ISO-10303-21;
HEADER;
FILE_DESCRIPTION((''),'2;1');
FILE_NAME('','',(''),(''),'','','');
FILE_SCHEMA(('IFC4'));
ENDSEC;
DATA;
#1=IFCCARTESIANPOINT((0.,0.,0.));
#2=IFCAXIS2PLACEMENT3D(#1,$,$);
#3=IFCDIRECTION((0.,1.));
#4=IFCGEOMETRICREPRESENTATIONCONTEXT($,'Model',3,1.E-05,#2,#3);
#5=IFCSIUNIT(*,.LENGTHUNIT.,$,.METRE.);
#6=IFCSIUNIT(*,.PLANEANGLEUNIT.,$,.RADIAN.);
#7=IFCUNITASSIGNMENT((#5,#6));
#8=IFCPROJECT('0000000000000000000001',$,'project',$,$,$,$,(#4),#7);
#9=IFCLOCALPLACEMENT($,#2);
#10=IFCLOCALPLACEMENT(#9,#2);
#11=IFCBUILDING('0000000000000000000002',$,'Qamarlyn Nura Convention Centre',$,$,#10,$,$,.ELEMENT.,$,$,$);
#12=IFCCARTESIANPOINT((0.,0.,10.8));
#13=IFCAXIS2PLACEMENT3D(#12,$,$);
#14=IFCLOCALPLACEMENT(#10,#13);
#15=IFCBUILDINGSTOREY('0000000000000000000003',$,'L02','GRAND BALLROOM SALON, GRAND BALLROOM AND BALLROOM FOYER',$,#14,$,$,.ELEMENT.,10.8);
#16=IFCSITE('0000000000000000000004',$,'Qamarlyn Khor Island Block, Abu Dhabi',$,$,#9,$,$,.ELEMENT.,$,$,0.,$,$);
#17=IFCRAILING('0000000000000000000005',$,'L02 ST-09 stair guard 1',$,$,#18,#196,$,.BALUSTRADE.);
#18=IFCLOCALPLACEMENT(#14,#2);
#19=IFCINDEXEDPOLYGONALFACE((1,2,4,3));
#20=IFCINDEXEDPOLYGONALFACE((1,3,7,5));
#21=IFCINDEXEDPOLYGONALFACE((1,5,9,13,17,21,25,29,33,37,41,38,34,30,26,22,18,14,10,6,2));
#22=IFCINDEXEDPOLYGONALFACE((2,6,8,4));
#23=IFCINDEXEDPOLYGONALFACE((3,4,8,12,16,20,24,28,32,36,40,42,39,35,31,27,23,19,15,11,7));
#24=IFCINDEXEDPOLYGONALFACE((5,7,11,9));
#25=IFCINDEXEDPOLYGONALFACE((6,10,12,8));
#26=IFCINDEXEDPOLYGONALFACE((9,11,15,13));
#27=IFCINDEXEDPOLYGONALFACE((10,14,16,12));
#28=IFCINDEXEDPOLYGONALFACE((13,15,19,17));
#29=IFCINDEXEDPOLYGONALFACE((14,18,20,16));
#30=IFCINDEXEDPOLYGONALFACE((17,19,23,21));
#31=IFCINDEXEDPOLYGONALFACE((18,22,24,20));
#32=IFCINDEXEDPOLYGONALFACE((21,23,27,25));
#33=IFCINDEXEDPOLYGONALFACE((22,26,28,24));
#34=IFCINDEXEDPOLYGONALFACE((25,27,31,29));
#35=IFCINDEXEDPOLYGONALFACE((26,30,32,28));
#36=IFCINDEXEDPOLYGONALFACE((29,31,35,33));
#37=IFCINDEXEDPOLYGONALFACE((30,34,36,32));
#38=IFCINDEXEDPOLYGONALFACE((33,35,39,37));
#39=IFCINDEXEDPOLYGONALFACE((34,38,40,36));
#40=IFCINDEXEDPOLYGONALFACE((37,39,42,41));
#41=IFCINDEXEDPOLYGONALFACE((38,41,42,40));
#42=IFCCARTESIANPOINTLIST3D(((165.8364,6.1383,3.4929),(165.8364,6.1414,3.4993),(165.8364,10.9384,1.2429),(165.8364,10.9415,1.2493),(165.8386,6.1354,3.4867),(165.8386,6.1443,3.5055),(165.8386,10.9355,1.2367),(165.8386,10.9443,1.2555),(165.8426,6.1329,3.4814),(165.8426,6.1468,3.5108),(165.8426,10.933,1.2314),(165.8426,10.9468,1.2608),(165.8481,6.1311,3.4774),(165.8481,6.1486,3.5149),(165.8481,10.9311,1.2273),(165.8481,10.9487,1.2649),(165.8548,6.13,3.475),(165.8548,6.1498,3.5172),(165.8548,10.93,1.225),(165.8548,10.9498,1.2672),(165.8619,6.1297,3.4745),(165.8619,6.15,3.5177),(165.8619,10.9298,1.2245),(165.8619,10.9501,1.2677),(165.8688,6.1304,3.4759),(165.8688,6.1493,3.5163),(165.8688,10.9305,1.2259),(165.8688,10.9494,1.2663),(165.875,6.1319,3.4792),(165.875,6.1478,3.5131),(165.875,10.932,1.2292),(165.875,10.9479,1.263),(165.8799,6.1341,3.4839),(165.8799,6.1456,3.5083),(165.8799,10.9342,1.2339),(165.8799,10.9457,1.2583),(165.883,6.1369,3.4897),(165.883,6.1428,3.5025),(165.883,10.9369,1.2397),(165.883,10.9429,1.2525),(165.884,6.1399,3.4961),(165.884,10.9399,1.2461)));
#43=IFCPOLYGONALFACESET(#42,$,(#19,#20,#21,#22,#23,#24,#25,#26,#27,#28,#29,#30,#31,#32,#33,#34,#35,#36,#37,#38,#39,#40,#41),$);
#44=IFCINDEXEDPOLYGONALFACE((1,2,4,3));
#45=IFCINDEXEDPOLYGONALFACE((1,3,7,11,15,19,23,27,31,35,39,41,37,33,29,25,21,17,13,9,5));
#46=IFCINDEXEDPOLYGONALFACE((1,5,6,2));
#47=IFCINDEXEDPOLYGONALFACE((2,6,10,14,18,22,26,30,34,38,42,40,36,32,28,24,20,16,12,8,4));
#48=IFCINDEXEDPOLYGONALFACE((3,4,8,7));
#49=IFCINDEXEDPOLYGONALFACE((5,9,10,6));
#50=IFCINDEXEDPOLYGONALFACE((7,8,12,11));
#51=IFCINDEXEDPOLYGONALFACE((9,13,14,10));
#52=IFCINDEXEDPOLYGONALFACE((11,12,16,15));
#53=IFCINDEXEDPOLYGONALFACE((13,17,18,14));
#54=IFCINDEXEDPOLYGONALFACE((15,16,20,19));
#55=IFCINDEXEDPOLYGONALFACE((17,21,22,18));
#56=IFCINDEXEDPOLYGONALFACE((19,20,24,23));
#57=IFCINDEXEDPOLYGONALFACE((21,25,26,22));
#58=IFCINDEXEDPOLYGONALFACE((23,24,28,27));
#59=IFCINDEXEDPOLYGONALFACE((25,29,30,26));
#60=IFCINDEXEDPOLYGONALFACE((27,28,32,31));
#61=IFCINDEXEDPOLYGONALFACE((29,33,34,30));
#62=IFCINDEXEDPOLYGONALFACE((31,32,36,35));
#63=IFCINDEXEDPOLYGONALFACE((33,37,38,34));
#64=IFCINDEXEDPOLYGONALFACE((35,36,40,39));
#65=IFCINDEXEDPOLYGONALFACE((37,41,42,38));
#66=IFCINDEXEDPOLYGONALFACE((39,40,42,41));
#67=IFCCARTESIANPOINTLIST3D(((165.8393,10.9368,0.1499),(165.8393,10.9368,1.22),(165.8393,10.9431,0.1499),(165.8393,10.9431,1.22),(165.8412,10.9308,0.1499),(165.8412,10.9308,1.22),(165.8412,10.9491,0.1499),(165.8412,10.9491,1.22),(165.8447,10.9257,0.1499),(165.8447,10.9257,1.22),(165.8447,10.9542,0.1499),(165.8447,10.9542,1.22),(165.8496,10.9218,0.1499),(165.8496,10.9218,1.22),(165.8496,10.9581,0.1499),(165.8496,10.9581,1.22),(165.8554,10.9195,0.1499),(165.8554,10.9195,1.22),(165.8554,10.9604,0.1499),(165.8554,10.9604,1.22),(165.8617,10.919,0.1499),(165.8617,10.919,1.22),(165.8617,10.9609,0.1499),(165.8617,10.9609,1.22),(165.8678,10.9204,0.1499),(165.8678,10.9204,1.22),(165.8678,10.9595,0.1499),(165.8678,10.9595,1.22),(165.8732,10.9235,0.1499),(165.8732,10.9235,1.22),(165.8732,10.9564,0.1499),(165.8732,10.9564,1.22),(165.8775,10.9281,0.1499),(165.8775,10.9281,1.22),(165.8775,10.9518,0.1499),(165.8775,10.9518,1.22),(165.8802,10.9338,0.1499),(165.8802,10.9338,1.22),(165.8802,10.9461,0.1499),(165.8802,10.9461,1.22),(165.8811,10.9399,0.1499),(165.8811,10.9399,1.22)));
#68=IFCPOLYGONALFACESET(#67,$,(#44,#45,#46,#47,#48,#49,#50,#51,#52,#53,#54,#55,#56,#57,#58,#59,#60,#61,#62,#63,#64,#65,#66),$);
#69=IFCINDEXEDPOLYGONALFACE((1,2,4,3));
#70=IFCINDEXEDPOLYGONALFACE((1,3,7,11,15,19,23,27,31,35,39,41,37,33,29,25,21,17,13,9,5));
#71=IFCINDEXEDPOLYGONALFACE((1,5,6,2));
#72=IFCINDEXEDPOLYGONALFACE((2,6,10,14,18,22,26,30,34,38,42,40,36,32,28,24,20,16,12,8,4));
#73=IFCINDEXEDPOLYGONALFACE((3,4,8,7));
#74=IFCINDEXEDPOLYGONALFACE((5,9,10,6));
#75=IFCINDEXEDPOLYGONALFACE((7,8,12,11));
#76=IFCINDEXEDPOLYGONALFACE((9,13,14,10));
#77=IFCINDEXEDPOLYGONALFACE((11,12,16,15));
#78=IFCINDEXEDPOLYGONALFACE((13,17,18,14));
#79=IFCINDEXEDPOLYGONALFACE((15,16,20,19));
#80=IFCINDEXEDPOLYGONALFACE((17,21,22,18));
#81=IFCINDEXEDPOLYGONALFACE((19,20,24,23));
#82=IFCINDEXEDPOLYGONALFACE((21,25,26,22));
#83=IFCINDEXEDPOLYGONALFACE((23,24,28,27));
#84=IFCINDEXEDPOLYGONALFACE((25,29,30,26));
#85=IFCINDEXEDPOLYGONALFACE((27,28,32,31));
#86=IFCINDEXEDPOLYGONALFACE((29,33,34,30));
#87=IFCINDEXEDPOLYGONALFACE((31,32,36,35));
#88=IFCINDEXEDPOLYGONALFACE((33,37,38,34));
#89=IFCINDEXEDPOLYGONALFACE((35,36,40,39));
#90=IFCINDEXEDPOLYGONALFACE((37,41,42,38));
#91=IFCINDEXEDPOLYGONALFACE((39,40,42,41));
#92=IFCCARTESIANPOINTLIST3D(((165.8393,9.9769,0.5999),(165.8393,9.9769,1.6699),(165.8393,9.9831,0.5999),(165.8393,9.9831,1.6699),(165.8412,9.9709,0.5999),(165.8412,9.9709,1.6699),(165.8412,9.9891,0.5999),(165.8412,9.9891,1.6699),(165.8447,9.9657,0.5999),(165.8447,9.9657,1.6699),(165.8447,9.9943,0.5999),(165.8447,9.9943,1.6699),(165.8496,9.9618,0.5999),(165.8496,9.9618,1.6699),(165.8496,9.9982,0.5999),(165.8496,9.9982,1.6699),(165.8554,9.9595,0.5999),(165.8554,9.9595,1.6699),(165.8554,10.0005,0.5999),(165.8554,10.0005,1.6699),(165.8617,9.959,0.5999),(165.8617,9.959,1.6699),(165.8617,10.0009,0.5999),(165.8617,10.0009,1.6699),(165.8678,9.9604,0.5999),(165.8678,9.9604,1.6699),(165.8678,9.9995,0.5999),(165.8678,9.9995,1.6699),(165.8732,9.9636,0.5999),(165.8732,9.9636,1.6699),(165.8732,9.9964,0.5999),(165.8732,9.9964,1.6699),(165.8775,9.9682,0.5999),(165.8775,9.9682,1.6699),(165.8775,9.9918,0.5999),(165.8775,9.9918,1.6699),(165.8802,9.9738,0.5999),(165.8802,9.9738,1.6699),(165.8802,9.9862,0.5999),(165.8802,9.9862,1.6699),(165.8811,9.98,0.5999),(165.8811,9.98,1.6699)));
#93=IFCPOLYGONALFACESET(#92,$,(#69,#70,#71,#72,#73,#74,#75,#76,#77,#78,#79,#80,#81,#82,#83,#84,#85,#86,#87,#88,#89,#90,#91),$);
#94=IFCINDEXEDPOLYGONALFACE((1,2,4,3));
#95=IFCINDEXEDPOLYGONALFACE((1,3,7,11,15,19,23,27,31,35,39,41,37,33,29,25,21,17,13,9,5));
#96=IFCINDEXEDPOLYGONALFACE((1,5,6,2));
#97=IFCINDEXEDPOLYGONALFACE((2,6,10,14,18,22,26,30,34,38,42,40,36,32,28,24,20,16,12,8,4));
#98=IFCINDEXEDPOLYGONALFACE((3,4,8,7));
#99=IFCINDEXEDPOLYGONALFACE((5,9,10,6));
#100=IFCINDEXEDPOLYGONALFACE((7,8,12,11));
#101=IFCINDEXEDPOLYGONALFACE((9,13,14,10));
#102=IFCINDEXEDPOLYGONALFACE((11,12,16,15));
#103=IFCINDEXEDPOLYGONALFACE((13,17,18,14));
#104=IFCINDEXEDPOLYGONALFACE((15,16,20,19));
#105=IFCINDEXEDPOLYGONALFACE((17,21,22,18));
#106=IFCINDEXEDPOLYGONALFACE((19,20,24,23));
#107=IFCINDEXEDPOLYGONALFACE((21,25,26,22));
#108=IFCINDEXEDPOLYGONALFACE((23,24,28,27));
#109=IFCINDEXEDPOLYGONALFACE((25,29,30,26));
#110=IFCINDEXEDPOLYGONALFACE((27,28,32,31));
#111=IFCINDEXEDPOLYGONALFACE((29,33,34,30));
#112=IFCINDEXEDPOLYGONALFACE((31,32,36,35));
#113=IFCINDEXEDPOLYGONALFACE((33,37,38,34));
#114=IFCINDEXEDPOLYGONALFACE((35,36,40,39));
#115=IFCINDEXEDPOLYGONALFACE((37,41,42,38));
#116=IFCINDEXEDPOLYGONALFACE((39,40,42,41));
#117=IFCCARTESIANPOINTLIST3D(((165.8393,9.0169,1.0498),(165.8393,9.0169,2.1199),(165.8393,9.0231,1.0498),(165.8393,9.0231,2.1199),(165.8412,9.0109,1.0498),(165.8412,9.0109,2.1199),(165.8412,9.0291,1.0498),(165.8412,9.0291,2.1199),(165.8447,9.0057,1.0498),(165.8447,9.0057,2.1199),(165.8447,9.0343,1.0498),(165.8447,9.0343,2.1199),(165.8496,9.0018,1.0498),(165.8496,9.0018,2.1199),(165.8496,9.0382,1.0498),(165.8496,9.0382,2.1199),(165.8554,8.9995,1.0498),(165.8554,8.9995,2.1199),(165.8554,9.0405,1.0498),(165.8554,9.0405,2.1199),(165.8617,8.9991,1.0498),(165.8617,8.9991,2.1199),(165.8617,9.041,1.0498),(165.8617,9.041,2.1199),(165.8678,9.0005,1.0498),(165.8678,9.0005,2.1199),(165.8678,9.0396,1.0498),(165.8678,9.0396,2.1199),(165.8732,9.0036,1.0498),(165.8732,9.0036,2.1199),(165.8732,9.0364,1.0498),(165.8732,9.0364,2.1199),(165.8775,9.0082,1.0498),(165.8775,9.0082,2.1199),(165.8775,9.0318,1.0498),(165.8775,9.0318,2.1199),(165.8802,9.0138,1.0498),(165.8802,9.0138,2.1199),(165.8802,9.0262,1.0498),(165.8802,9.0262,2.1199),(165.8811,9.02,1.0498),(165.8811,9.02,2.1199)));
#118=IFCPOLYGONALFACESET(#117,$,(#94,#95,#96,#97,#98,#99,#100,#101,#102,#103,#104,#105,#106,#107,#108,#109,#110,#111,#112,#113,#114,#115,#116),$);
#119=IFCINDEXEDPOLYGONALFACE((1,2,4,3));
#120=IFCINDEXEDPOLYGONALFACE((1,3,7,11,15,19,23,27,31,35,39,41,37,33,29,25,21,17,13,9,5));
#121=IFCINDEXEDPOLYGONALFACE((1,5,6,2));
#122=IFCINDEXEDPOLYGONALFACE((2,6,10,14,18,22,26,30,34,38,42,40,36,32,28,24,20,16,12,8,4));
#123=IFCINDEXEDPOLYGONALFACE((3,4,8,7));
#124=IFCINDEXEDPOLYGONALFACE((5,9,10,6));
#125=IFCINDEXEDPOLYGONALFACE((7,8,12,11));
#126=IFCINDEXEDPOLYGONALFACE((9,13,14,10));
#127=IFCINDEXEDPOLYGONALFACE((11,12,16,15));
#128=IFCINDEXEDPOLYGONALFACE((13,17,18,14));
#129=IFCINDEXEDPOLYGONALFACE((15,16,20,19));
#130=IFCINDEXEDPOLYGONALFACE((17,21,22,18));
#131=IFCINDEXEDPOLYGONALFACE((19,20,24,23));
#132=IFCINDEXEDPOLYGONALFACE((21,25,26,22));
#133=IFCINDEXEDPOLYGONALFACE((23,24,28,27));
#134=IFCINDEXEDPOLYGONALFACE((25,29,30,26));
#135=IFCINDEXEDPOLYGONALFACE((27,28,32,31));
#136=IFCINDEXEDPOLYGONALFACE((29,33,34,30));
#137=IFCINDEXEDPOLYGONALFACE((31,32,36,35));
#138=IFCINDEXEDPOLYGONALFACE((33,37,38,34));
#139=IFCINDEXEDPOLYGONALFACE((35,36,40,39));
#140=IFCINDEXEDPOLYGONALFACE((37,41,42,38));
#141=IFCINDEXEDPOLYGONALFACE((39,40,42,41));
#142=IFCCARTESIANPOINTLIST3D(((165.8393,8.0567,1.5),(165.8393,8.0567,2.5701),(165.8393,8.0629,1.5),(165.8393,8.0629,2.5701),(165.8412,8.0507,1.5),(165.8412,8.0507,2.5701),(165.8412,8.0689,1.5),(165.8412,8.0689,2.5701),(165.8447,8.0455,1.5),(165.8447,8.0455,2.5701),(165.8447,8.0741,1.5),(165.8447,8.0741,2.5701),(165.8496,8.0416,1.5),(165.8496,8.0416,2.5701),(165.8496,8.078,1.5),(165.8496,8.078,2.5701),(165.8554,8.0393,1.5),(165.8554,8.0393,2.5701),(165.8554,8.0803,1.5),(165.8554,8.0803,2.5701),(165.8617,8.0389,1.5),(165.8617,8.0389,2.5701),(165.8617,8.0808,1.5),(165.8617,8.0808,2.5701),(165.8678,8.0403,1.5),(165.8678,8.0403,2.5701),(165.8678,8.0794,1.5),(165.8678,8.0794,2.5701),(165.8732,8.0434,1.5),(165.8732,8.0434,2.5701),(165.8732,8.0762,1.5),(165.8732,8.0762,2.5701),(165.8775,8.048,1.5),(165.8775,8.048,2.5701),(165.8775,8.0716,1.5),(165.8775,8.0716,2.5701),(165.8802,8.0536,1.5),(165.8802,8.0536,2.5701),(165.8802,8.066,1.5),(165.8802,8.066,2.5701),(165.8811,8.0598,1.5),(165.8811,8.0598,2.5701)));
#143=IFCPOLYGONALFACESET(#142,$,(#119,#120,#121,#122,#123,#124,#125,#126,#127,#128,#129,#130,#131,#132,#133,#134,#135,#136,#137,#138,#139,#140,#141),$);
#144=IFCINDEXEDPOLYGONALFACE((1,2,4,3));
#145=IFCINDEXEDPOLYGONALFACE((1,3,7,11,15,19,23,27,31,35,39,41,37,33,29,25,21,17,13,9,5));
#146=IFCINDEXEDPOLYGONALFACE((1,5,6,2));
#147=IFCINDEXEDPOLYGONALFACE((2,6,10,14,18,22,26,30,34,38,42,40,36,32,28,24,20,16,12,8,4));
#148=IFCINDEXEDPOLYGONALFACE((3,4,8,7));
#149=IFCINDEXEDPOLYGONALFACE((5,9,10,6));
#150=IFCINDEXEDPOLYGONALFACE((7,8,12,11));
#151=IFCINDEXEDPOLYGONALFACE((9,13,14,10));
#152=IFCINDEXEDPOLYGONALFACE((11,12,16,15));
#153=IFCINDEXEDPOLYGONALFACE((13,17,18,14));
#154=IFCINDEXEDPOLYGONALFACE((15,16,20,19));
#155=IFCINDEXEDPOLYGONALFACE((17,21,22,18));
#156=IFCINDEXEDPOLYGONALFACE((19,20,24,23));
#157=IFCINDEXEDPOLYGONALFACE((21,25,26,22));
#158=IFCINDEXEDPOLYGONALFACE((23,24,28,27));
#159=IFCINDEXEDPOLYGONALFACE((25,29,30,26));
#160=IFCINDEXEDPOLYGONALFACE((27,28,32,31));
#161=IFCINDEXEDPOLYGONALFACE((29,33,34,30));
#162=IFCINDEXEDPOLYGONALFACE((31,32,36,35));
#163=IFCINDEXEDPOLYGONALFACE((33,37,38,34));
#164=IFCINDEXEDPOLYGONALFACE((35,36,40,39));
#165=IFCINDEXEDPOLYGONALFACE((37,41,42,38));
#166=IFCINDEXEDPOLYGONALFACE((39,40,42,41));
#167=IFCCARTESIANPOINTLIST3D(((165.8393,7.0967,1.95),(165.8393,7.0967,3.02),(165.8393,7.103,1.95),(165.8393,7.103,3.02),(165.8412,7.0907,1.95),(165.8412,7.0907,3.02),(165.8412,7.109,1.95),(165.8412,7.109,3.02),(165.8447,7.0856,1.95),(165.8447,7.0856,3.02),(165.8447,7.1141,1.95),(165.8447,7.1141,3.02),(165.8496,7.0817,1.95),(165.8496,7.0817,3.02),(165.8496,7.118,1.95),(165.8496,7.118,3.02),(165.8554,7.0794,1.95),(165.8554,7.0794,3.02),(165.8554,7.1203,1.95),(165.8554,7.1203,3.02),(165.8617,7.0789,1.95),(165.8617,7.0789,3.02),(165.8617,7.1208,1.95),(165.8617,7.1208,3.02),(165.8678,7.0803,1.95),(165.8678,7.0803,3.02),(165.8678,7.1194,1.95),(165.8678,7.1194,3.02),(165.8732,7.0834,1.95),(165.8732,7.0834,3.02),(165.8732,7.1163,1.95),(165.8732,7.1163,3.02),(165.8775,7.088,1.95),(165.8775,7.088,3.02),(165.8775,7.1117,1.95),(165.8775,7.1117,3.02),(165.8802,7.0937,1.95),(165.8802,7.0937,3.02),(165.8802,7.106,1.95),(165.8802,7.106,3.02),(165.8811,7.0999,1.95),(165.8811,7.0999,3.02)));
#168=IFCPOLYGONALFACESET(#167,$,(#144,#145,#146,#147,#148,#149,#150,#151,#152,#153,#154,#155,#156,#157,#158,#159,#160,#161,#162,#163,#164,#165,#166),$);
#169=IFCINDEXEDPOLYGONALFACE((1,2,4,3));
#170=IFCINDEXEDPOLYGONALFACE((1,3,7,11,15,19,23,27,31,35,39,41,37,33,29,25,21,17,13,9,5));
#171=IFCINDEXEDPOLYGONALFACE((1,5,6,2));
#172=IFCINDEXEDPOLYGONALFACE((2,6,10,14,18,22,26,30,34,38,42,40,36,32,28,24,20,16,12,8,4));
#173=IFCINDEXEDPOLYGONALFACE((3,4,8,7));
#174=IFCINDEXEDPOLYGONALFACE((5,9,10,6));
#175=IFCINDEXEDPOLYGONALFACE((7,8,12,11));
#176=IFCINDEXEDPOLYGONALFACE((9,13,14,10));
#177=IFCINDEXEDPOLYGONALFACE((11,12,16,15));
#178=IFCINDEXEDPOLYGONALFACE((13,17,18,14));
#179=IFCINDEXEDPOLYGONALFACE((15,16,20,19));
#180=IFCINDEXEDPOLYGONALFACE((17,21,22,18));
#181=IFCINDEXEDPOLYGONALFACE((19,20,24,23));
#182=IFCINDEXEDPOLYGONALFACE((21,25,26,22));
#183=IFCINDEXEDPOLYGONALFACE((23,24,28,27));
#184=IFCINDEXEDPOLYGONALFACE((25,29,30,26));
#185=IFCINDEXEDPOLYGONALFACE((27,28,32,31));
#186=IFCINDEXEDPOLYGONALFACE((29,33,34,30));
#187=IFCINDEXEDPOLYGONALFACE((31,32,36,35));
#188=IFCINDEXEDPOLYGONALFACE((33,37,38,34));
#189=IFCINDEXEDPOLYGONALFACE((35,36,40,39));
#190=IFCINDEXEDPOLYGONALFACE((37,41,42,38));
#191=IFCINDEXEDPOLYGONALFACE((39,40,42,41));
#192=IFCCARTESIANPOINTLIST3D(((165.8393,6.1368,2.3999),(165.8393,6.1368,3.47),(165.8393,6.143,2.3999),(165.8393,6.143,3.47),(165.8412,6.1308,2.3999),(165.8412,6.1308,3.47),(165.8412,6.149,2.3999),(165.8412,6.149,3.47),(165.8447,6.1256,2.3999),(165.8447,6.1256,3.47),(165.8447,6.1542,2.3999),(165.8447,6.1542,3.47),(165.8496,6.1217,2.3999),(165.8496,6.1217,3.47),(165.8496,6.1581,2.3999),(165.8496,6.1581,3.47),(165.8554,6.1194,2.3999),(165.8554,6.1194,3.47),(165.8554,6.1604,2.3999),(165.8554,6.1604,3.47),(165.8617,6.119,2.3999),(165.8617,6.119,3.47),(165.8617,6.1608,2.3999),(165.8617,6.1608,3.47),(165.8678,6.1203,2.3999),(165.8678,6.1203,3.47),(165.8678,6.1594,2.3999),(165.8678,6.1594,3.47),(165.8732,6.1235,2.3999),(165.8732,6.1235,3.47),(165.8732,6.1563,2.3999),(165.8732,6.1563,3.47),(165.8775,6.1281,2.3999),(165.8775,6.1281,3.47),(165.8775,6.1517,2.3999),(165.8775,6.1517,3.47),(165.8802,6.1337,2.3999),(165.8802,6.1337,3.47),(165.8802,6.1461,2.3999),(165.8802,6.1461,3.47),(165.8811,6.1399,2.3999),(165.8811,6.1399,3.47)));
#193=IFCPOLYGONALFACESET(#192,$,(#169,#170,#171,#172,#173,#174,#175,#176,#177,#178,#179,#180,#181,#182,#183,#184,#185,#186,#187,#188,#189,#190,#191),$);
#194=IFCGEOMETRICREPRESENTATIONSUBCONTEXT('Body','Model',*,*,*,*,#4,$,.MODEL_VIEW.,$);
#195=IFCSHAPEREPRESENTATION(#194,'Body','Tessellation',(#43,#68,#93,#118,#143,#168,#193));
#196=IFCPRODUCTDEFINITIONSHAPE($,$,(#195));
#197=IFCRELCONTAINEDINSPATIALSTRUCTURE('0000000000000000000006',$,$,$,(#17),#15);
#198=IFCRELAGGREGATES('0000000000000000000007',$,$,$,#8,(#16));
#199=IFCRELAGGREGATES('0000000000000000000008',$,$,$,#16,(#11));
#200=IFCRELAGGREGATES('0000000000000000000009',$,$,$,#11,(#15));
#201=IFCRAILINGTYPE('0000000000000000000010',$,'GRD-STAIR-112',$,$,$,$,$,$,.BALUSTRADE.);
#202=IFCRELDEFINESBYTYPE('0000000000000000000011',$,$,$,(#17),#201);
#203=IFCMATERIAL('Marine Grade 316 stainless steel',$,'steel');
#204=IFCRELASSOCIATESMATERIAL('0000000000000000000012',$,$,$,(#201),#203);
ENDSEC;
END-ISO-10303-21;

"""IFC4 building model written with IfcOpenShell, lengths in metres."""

from ifc_helpers import new_model, si_unit, direction, frame, origin, origin_2d, place, context, subcontext, project, spatial, circle, extrude, material, type_object, element, save


model = new_model("IFC4")

# Units and contexts
model_context = context("Model", 3, precision=1e-05, world=origin(), true_north=direction((0.0, 1.0)))
body_context = subcontext(model_context, "Body", "Model", "MODEL_VIEW")
ifc_project = project(units=[si_unit("LENGTHUNIT", "METRE"), si_unit("PLANEANGLEUNIT", "RADIAN")], contexts=[model_context])

# Site, building, storey
site_placement = place(None, origin())
site = spatial("IfcSite", under=ifc_project, at=site_placement, Name="Qamarlyn Khor Island Block, Abu Dhabi", CompositionType="ELEMENT", RefElevation=0.0)
building_placement = place(site_placement, origin())
building = spatial("IfcBuilding", under=site, at=building_placement, Name="Qamarlyn Nura Convention Centre", CompositionType="ELEMENT")
storey_placement = place(building_placement, frame((0.0, 0.0, 10.8)))
storey = spatial("IfcBuildingStorey", under=building, at=storey_placement, Name="L02", Description="GRAND BALLROOM SALON, GRAND BALLROOM AND BALLROOM FOYER", CompositionType="ELEMENT", Elevation=10.8)

# Railing
ifc_material_1 = material(Name="Marine Grade 316 stainless steel", Category="steel")
railing_type_1 = type_object("IfcRailingType", Name="GRD-STAIR-112", PredefinedType="BALUSTRADE", material=ifc_material_1)
railing_1_placement = place(storey_placement, frame((165.8601, 10.9399, 0.1499)))
element("IfcRailing", 1, at=railing_1_placement, inside=storey, type_object=railing_type_1, Name="L02 ST-09 stair guard 1", PredefinedType="BALUSTRADE", context=body_context, shape_type="SweptSolid", body=[
    extrude(circle(Radius=0.0239, at=origin_2d()), frame((0.0, 0.0, 1.0962), z_axis=(0.0, -0.905461, 0.42443), x_axis=(1.0, 0.0, 0.0)), (0.0, 0.0, 1.0), 5.3013),
    extrude(circle(Radius=0.021, at=origin_2d()), origin(), (0.0, 0.0, 1.0), 1.0701),
    extrude(circle(Radius=0.021, at=origin_2d()), frame((0.0, -0.96, 0.45)), (0.0, 0.0, 1.0), 1.0701),
    extrude(circle(Radius=0.021, at=origin_2d()), frame((0.0, -1.9199, 0.8999)), (0.0, 0.0, 1.0), 1.0701),
    extrude(circle(Radius=0.021, at=origin_2d()), frame((0.0, -2.8801, 1.3501)), (0.0, 0.0, 1.0), 1.0701),
    extrude(circle(Radius=0.021, at=origin_2d()), frame((0.0, -3.8401, 1.8)), (0.0, 0.0, 1.0), 1.0701),
    extrude(circle(Radius=0.021, at=origin_2d()), frame((0.0, -4.8, 2.25)), (0.0, 0.0, 1.0), 1.0701),
])

save(model, "model.ifc")
